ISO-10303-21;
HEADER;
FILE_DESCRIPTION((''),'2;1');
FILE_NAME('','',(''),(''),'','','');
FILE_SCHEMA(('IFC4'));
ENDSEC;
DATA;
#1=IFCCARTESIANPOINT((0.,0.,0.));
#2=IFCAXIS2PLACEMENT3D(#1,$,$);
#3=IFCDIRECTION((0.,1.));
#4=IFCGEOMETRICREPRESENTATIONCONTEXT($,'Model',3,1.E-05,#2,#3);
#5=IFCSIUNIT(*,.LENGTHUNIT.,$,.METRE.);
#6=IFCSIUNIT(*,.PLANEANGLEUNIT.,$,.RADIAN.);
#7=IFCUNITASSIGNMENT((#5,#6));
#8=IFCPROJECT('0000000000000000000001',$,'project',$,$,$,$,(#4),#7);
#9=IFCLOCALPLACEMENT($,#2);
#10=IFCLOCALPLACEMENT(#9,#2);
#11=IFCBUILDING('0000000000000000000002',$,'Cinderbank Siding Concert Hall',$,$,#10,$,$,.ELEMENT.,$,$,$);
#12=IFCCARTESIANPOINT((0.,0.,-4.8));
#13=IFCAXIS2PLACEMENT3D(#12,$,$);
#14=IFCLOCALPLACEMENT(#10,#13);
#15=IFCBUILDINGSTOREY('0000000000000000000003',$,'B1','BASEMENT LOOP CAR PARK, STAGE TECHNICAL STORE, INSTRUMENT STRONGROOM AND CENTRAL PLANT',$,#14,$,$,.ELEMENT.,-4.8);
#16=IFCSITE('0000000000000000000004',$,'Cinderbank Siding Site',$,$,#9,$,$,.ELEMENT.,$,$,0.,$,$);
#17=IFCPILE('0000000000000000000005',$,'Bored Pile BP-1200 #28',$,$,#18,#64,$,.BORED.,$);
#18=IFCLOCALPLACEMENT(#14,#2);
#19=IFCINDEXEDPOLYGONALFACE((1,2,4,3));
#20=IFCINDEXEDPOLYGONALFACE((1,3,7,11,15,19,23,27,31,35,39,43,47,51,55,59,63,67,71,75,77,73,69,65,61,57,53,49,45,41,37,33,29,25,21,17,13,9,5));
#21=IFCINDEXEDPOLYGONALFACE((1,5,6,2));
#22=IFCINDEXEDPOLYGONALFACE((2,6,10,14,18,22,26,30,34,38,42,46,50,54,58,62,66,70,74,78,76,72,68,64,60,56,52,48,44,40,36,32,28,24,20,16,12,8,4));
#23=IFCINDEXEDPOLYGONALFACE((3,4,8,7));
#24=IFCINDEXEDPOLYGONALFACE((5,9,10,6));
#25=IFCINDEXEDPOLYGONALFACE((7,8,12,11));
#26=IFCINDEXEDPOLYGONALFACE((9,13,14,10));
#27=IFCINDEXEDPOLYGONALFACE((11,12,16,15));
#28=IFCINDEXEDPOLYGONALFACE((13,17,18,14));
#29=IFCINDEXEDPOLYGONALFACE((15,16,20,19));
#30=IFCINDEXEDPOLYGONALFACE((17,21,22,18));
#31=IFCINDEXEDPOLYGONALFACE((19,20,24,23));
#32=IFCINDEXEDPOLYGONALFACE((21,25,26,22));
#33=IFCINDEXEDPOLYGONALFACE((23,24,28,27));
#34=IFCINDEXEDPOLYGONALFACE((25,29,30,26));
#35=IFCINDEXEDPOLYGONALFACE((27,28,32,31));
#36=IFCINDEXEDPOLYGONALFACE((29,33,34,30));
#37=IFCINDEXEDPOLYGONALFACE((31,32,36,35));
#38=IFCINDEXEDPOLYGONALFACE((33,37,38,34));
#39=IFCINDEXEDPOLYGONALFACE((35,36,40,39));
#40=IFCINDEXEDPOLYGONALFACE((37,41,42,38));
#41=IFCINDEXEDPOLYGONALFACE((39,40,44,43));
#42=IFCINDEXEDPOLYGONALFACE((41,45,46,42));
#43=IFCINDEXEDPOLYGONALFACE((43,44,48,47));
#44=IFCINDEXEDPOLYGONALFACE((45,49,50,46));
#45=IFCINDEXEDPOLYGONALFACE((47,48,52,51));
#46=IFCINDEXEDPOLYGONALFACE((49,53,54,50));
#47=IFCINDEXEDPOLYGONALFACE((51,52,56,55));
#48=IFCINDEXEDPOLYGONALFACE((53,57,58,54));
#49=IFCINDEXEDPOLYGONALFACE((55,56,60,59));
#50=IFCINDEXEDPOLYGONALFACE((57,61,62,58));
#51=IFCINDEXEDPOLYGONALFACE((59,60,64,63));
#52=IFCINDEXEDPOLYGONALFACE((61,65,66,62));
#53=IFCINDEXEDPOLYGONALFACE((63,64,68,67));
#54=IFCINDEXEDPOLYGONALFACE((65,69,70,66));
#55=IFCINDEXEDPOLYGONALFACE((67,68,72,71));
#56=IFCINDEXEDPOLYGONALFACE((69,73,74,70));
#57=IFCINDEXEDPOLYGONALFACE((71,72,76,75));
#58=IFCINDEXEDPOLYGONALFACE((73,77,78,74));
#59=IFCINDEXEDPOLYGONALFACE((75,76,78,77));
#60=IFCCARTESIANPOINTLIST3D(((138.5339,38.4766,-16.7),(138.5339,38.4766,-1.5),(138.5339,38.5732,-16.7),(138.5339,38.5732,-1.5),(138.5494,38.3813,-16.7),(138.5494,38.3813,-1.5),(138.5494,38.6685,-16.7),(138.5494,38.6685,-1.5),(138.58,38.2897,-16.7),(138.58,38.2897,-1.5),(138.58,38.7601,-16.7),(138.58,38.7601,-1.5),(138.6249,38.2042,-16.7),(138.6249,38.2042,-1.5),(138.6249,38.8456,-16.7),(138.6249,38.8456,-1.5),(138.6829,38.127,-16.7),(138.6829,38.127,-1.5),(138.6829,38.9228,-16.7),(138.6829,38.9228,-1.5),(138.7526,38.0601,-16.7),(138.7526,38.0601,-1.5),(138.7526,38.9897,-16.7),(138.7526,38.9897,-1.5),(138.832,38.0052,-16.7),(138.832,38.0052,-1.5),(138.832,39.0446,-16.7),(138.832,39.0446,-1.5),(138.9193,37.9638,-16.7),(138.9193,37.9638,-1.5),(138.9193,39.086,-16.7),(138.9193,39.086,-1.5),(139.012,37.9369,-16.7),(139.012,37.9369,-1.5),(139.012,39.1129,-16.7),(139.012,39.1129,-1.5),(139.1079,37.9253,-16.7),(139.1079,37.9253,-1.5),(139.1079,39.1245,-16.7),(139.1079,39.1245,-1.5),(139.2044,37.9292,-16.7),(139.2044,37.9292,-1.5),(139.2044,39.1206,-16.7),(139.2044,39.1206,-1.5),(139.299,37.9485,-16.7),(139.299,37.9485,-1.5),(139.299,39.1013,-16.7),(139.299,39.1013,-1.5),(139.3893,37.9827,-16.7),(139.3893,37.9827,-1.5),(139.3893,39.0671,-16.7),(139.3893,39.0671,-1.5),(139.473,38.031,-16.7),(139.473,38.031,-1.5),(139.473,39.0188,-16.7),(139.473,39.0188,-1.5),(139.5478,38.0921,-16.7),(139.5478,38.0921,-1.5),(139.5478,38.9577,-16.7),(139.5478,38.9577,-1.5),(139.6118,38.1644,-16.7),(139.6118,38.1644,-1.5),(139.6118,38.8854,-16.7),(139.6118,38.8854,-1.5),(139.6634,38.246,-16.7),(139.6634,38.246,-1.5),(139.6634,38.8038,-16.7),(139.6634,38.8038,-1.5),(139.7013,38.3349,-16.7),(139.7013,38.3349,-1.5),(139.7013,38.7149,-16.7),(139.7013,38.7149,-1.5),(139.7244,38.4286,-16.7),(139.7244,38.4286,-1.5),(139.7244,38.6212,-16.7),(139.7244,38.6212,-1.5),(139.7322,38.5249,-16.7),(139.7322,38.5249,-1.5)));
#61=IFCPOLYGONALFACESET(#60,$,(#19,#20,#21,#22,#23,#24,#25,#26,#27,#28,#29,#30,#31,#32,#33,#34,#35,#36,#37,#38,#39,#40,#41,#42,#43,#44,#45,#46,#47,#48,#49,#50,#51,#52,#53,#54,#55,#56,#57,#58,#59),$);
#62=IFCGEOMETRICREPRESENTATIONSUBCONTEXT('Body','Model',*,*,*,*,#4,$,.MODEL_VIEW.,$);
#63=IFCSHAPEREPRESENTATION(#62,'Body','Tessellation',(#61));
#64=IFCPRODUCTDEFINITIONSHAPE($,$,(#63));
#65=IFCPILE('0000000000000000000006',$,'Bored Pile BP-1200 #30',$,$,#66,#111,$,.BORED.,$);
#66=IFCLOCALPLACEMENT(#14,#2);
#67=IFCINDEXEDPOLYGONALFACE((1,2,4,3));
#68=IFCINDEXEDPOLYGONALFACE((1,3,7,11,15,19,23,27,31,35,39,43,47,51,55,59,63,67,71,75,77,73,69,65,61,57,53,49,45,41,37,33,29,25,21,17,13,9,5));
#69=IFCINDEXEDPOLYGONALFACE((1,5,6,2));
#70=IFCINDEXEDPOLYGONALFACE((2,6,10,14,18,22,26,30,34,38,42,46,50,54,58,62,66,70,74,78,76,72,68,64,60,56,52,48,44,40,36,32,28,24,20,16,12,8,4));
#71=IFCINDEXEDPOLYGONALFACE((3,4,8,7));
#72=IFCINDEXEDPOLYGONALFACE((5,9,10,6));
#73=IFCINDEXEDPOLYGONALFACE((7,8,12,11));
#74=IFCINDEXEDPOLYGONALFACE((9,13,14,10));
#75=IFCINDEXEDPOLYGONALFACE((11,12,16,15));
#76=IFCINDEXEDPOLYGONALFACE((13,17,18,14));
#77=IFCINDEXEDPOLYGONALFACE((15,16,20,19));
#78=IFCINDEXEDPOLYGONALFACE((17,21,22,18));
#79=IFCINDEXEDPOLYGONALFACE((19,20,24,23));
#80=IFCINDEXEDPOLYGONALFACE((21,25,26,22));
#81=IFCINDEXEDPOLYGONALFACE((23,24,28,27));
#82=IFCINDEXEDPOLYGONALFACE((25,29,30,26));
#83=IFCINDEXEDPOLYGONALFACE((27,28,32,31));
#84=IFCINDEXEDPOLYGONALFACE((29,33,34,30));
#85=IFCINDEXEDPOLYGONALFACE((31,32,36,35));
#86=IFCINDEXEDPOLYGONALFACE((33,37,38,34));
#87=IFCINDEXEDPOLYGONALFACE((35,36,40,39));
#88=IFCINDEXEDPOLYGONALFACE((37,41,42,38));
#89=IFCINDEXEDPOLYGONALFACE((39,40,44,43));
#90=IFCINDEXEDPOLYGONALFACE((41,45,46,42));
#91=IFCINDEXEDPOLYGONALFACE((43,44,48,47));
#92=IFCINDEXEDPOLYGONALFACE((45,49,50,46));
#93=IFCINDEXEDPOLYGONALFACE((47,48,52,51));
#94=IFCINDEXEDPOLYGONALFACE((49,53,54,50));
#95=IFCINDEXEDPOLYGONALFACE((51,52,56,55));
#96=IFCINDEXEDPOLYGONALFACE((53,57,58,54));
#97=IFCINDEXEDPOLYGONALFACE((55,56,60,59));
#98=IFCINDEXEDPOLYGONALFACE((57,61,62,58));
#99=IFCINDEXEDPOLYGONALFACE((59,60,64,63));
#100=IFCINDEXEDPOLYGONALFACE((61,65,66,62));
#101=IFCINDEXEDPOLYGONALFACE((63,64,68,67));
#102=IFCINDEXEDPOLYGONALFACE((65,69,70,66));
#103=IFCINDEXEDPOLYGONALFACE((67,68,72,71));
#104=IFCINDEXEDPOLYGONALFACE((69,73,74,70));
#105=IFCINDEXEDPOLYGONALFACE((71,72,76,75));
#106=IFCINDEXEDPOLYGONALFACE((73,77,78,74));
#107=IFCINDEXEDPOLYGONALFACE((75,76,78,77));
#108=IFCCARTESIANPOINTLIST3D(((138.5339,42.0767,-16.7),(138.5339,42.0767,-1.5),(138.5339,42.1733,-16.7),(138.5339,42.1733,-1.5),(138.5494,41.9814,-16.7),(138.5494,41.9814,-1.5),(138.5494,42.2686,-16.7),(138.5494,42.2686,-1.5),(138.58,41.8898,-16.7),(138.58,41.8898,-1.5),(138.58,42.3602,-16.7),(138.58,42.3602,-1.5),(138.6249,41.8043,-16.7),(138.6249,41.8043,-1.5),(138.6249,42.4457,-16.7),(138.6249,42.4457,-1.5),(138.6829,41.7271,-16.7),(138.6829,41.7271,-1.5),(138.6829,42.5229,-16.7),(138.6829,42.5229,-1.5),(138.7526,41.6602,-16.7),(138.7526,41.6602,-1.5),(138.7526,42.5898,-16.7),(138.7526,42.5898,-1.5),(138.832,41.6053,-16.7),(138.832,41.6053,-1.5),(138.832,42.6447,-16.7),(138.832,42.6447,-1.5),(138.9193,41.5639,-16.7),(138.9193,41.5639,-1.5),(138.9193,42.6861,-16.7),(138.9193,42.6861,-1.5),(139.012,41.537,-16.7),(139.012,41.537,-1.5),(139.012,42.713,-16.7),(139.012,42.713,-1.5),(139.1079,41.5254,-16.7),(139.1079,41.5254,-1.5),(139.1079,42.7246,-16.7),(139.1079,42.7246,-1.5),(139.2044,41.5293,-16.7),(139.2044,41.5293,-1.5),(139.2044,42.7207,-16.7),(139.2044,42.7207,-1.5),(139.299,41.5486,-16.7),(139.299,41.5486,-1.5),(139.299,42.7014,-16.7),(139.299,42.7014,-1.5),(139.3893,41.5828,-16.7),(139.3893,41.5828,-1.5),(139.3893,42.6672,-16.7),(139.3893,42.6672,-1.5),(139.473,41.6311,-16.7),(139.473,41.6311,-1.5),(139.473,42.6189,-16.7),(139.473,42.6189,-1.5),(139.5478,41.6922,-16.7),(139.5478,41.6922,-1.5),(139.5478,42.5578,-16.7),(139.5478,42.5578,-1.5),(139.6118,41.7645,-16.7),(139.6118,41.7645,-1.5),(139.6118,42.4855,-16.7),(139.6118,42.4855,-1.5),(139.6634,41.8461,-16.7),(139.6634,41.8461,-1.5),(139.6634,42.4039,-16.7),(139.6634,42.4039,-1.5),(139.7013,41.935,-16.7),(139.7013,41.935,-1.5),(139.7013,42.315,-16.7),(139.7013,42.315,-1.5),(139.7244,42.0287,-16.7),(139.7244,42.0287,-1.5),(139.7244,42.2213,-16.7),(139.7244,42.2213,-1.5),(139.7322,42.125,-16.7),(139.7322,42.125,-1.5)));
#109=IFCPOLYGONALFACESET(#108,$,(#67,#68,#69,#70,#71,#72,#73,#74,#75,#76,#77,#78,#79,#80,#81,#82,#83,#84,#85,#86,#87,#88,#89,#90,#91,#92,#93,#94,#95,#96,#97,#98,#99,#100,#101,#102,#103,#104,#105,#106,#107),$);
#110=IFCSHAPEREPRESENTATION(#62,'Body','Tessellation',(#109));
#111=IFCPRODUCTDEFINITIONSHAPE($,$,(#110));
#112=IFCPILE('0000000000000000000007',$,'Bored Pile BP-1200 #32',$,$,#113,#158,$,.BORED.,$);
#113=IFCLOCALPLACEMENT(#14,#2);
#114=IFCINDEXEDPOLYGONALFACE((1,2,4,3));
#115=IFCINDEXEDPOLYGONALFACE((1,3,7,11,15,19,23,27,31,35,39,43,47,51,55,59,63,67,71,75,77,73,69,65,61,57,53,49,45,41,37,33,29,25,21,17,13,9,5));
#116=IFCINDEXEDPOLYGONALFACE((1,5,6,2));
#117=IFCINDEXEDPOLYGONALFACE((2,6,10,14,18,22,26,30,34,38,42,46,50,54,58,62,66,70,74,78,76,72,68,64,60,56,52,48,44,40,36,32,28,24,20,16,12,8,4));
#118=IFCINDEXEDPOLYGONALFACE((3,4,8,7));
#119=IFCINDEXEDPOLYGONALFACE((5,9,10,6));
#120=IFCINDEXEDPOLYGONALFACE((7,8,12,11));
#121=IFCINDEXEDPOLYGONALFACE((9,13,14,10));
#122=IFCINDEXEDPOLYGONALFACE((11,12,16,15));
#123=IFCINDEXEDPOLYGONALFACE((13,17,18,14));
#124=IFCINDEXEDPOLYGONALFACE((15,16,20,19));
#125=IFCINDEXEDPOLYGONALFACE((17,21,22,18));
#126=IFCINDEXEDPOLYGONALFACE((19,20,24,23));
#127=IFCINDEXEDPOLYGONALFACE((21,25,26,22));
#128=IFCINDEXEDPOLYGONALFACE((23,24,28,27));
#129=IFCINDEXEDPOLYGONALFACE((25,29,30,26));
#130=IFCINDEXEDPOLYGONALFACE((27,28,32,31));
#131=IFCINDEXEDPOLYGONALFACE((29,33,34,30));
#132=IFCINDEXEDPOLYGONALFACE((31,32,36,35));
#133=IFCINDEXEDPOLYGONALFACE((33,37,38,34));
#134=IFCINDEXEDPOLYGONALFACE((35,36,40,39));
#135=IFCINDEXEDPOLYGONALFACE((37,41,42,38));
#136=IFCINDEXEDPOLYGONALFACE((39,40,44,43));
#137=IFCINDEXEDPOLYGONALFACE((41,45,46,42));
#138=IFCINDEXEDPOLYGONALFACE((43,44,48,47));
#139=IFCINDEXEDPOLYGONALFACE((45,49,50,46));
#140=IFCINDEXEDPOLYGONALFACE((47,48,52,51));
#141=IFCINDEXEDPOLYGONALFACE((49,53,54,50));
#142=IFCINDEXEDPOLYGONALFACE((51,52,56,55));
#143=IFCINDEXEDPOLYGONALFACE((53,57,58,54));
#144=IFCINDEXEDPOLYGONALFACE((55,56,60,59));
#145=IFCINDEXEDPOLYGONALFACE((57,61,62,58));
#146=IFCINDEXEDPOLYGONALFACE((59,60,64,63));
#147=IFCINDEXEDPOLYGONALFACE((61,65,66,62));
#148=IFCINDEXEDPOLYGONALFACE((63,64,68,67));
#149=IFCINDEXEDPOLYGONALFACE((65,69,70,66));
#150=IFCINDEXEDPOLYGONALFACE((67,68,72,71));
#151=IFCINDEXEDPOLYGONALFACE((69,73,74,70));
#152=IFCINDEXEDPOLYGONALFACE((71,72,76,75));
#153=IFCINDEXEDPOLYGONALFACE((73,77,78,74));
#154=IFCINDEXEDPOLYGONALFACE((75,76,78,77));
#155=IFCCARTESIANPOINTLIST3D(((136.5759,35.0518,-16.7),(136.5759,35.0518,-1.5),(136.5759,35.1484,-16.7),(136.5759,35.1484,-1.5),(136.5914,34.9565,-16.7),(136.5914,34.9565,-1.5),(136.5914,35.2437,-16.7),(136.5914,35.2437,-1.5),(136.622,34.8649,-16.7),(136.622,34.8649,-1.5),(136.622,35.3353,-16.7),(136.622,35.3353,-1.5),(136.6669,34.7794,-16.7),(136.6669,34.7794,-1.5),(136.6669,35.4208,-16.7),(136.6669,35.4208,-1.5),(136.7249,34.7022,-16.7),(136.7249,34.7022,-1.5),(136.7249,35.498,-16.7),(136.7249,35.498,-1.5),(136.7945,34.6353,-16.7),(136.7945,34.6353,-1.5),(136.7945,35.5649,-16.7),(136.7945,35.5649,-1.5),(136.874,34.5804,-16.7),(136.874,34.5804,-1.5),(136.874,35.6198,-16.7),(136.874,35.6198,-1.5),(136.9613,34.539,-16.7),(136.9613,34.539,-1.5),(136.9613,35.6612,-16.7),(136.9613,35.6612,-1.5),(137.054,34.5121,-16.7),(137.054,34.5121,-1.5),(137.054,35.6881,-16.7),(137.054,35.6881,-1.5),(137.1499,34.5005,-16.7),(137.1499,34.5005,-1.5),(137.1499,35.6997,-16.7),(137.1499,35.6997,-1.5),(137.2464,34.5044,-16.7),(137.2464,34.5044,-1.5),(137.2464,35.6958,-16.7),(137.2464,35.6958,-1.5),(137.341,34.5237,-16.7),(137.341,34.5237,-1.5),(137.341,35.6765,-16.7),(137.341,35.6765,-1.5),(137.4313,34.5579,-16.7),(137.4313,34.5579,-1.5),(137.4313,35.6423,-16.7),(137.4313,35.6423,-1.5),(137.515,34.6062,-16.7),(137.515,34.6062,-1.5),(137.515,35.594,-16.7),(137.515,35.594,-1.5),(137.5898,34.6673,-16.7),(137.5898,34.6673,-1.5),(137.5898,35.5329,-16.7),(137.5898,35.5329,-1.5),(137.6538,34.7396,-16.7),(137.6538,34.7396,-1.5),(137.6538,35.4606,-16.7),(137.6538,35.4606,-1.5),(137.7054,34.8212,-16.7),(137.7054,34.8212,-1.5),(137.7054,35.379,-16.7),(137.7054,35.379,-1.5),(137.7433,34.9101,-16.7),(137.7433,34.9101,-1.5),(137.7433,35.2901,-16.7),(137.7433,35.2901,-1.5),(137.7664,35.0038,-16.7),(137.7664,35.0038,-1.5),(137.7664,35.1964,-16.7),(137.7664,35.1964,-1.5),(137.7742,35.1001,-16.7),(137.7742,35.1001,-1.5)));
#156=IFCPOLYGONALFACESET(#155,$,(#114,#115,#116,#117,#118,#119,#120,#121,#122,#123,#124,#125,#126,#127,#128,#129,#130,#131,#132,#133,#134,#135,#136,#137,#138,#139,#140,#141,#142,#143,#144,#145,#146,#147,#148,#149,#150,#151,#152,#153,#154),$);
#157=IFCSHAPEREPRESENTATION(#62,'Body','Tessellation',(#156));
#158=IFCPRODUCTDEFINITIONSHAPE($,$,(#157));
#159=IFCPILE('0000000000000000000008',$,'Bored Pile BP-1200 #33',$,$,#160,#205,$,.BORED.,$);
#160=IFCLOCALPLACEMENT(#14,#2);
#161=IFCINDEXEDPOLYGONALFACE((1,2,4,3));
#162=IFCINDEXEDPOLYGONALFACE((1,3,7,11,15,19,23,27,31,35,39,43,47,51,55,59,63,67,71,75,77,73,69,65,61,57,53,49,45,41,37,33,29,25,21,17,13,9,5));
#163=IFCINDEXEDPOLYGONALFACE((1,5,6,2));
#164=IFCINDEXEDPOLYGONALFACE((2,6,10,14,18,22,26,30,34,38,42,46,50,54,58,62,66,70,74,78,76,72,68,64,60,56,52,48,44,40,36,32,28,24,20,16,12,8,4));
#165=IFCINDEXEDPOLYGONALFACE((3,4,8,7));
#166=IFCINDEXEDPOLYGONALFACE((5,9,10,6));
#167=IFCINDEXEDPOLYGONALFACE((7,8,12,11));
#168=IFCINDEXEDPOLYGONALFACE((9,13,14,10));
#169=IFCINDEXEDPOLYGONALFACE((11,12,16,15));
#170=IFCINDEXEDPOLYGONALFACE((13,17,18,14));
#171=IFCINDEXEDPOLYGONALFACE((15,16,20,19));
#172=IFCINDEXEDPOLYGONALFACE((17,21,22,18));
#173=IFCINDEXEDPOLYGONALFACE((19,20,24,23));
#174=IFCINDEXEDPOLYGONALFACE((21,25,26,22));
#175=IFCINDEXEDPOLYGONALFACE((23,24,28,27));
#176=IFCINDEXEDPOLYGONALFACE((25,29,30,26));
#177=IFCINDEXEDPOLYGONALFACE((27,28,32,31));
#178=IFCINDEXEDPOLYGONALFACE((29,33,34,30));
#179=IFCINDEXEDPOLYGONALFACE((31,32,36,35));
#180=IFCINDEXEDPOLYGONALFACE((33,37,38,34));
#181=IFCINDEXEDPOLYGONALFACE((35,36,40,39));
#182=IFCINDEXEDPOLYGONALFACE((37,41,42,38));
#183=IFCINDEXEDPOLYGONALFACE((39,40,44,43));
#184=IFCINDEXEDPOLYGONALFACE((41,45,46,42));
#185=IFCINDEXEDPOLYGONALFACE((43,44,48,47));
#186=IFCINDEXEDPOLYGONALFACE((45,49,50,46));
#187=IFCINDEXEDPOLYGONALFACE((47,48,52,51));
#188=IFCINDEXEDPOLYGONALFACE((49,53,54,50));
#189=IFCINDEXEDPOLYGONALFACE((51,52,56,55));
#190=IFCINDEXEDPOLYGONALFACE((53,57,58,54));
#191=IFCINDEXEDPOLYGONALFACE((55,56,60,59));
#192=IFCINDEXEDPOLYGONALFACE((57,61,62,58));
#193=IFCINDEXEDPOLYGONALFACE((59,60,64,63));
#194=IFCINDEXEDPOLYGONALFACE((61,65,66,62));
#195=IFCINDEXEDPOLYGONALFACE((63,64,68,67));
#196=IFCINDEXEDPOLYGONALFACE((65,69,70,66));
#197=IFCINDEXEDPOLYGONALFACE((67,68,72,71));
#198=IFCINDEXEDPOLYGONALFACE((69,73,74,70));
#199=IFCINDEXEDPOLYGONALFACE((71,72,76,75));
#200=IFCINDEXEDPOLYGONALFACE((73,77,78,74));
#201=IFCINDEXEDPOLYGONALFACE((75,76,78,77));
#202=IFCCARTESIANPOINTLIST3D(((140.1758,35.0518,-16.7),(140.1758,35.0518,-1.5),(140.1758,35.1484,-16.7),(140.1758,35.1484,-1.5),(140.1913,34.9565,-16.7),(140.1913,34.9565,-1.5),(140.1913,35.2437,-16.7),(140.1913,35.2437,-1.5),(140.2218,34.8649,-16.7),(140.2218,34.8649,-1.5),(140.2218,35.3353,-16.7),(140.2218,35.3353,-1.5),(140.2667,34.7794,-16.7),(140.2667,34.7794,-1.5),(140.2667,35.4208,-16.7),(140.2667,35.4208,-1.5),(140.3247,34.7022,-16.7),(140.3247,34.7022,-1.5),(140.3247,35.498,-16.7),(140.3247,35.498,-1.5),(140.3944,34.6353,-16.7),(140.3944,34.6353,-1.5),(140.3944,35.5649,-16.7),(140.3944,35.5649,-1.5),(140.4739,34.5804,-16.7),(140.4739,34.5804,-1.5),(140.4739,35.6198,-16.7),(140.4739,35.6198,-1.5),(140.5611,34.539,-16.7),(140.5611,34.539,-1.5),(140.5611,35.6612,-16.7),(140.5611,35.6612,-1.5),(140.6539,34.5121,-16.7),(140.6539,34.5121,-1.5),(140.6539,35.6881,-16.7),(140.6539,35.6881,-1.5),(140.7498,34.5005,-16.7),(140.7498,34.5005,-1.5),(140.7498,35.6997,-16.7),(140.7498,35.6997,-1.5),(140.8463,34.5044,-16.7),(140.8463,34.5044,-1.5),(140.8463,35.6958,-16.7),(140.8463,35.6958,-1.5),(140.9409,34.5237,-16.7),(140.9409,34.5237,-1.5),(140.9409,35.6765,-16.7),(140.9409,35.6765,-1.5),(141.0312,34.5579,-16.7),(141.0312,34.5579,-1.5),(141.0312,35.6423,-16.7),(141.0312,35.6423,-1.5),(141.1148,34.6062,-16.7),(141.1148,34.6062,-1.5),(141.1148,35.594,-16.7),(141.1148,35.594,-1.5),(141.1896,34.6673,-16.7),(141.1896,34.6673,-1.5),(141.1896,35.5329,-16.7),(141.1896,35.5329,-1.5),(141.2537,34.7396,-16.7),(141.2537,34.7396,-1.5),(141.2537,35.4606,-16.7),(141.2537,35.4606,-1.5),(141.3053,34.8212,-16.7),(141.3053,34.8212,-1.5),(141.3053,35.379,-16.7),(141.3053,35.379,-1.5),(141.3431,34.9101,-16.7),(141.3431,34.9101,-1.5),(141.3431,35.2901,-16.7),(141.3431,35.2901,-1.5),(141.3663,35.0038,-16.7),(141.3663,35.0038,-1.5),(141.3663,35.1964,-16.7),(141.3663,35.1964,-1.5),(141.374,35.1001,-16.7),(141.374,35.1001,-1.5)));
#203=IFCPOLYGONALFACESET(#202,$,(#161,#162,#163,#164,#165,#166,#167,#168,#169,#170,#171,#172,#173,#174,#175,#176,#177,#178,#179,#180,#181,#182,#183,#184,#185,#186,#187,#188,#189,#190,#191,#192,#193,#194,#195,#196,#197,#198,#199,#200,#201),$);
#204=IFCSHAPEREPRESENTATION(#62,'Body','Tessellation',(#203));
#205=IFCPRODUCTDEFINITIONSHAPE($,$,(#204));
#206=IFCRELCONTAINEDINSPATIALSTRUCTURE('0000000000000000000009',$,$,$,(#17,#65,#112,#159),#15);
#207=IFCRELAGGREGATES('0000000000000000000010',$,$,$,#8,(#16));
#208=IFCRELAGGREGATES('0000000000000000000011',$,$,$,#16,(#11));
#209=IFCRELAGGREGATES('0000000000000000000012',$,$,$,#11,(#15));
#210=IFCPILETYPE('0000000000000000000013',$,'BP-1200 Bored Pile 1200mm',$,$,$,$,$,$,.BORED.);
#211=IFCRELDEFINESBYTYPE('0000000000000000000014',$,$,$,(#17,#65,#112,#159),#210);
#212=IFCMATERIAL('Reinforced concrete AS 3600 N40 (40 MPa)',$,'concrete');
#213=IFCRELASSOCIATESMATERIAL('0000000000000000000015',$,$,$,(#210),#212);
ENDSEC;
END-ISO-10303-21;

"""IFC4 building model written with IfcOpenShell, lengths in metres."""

from ifc_helpers import new_model, si_unit, direction, frame, origin, origin_2d, place, context, subcontext, project, spatial, circle, extrude, material, material_profile, profile_set, type_object, element, save


model = new_model("IFC4")

# Units and contexts
model_context = context("Model", 3, precision=1e-05, world=origin(), true_north=direction((0.0, 1.0)))
body_context = subcontext(model_context, "Body", "Model", "MODEL_VIEW")
ifc_project = project(units=[si_unit("LENGTHUNIT", "METRE"), si_unit("PLANEANGLEUNIT", "RADIAN")], contexts=[model_context])

# Site, building, storey
site_placement = place(None, origin())
site = spatial("IfcSite", under=ifc_project, at=site_placement, Name="Cinderbank Siding Site", CompositionType="ELEMENT", RefElevation=0.0)
building_placement = place(site_placement, origin())
building = spatial("IfcBuilding", under=site, at=building_placement, Name="Cinderbank Siding Concert Hall", CompositionType="ELEMENT")
storey_placement = place(building_placement, frame((0.0, 0.0, -4.8)))
storey = spatial("IfcBuildingStorey", under=building, at=storey_placement, Name="B1", Description="BASEMENT LOOP CAR PARK, STAGE TECHNICAL STORE, INSTRUMENT STRONGROOM AND CENTRAL PLANT", CompositionType="ELEMENT", Elevation=-4.8)

# Piles
ifc_material_1 = material(Name="Reinforced concrete AS 3600 N40 (40 MPa)", Category="concrete")
ifc_material_profile_1 = material_profile(ifc_material_1, circle(Radius=0.6001, at=origin_2d()), Name="PILE-1200DIA", Category="LoadBearing")
ifc_profile_set_1 = profile_set([ifc_material_profile_1], Name="Reinforced concrete AS 3600 N40 (40 MPa)")
pile_type_1 = type_object("IfcPileType", Name="BP-1200 Bored Pile 1200mm", PredefinedType="BORED", material=ifc_profile_set_1)
for number, where, z_axis, x_axis, name in (
    (1, (139.1321, 38.5249, -1.5), (0.0, 0.0, -1.0), (1.0, 0.0, 0.0), "Bored Pile BP-1200 #28"),
    (2, (139.1321, 42.125, -1.5), (0.0, 0.0, -1.0), (1.0, 0.0, 0.0), "Bored Pile BP-1200 #30"),
    (3, (137.1741, 35.1001, -1.5), (0.0, 0.0, -1.0), (1.0, 0.0, 0.0), "Bored Pile BP-1200 #32"),
    (4, (140.7739, 35.1001, -1.5), (0.0, 0.0, -1.0), (1.0, 0.0, 0.0), "Bored Pile BP-1200 #33"),
):
    element("IfcPile", number, at=place(storey_placement, frame(where, z_axis=z_axis, x_axis=x_axis)), inside=storey, type_object=pile_type_1, Name=name, PredefinedType="BORED", context=body_context, shape_type="SweptSolid", body=[
        extrude(circle(Radius=0.6001, at=origin_2d()), origin(), (0.0, 0.0, 1.0), 15.2),
    ])

save(model, "model.ifc")
